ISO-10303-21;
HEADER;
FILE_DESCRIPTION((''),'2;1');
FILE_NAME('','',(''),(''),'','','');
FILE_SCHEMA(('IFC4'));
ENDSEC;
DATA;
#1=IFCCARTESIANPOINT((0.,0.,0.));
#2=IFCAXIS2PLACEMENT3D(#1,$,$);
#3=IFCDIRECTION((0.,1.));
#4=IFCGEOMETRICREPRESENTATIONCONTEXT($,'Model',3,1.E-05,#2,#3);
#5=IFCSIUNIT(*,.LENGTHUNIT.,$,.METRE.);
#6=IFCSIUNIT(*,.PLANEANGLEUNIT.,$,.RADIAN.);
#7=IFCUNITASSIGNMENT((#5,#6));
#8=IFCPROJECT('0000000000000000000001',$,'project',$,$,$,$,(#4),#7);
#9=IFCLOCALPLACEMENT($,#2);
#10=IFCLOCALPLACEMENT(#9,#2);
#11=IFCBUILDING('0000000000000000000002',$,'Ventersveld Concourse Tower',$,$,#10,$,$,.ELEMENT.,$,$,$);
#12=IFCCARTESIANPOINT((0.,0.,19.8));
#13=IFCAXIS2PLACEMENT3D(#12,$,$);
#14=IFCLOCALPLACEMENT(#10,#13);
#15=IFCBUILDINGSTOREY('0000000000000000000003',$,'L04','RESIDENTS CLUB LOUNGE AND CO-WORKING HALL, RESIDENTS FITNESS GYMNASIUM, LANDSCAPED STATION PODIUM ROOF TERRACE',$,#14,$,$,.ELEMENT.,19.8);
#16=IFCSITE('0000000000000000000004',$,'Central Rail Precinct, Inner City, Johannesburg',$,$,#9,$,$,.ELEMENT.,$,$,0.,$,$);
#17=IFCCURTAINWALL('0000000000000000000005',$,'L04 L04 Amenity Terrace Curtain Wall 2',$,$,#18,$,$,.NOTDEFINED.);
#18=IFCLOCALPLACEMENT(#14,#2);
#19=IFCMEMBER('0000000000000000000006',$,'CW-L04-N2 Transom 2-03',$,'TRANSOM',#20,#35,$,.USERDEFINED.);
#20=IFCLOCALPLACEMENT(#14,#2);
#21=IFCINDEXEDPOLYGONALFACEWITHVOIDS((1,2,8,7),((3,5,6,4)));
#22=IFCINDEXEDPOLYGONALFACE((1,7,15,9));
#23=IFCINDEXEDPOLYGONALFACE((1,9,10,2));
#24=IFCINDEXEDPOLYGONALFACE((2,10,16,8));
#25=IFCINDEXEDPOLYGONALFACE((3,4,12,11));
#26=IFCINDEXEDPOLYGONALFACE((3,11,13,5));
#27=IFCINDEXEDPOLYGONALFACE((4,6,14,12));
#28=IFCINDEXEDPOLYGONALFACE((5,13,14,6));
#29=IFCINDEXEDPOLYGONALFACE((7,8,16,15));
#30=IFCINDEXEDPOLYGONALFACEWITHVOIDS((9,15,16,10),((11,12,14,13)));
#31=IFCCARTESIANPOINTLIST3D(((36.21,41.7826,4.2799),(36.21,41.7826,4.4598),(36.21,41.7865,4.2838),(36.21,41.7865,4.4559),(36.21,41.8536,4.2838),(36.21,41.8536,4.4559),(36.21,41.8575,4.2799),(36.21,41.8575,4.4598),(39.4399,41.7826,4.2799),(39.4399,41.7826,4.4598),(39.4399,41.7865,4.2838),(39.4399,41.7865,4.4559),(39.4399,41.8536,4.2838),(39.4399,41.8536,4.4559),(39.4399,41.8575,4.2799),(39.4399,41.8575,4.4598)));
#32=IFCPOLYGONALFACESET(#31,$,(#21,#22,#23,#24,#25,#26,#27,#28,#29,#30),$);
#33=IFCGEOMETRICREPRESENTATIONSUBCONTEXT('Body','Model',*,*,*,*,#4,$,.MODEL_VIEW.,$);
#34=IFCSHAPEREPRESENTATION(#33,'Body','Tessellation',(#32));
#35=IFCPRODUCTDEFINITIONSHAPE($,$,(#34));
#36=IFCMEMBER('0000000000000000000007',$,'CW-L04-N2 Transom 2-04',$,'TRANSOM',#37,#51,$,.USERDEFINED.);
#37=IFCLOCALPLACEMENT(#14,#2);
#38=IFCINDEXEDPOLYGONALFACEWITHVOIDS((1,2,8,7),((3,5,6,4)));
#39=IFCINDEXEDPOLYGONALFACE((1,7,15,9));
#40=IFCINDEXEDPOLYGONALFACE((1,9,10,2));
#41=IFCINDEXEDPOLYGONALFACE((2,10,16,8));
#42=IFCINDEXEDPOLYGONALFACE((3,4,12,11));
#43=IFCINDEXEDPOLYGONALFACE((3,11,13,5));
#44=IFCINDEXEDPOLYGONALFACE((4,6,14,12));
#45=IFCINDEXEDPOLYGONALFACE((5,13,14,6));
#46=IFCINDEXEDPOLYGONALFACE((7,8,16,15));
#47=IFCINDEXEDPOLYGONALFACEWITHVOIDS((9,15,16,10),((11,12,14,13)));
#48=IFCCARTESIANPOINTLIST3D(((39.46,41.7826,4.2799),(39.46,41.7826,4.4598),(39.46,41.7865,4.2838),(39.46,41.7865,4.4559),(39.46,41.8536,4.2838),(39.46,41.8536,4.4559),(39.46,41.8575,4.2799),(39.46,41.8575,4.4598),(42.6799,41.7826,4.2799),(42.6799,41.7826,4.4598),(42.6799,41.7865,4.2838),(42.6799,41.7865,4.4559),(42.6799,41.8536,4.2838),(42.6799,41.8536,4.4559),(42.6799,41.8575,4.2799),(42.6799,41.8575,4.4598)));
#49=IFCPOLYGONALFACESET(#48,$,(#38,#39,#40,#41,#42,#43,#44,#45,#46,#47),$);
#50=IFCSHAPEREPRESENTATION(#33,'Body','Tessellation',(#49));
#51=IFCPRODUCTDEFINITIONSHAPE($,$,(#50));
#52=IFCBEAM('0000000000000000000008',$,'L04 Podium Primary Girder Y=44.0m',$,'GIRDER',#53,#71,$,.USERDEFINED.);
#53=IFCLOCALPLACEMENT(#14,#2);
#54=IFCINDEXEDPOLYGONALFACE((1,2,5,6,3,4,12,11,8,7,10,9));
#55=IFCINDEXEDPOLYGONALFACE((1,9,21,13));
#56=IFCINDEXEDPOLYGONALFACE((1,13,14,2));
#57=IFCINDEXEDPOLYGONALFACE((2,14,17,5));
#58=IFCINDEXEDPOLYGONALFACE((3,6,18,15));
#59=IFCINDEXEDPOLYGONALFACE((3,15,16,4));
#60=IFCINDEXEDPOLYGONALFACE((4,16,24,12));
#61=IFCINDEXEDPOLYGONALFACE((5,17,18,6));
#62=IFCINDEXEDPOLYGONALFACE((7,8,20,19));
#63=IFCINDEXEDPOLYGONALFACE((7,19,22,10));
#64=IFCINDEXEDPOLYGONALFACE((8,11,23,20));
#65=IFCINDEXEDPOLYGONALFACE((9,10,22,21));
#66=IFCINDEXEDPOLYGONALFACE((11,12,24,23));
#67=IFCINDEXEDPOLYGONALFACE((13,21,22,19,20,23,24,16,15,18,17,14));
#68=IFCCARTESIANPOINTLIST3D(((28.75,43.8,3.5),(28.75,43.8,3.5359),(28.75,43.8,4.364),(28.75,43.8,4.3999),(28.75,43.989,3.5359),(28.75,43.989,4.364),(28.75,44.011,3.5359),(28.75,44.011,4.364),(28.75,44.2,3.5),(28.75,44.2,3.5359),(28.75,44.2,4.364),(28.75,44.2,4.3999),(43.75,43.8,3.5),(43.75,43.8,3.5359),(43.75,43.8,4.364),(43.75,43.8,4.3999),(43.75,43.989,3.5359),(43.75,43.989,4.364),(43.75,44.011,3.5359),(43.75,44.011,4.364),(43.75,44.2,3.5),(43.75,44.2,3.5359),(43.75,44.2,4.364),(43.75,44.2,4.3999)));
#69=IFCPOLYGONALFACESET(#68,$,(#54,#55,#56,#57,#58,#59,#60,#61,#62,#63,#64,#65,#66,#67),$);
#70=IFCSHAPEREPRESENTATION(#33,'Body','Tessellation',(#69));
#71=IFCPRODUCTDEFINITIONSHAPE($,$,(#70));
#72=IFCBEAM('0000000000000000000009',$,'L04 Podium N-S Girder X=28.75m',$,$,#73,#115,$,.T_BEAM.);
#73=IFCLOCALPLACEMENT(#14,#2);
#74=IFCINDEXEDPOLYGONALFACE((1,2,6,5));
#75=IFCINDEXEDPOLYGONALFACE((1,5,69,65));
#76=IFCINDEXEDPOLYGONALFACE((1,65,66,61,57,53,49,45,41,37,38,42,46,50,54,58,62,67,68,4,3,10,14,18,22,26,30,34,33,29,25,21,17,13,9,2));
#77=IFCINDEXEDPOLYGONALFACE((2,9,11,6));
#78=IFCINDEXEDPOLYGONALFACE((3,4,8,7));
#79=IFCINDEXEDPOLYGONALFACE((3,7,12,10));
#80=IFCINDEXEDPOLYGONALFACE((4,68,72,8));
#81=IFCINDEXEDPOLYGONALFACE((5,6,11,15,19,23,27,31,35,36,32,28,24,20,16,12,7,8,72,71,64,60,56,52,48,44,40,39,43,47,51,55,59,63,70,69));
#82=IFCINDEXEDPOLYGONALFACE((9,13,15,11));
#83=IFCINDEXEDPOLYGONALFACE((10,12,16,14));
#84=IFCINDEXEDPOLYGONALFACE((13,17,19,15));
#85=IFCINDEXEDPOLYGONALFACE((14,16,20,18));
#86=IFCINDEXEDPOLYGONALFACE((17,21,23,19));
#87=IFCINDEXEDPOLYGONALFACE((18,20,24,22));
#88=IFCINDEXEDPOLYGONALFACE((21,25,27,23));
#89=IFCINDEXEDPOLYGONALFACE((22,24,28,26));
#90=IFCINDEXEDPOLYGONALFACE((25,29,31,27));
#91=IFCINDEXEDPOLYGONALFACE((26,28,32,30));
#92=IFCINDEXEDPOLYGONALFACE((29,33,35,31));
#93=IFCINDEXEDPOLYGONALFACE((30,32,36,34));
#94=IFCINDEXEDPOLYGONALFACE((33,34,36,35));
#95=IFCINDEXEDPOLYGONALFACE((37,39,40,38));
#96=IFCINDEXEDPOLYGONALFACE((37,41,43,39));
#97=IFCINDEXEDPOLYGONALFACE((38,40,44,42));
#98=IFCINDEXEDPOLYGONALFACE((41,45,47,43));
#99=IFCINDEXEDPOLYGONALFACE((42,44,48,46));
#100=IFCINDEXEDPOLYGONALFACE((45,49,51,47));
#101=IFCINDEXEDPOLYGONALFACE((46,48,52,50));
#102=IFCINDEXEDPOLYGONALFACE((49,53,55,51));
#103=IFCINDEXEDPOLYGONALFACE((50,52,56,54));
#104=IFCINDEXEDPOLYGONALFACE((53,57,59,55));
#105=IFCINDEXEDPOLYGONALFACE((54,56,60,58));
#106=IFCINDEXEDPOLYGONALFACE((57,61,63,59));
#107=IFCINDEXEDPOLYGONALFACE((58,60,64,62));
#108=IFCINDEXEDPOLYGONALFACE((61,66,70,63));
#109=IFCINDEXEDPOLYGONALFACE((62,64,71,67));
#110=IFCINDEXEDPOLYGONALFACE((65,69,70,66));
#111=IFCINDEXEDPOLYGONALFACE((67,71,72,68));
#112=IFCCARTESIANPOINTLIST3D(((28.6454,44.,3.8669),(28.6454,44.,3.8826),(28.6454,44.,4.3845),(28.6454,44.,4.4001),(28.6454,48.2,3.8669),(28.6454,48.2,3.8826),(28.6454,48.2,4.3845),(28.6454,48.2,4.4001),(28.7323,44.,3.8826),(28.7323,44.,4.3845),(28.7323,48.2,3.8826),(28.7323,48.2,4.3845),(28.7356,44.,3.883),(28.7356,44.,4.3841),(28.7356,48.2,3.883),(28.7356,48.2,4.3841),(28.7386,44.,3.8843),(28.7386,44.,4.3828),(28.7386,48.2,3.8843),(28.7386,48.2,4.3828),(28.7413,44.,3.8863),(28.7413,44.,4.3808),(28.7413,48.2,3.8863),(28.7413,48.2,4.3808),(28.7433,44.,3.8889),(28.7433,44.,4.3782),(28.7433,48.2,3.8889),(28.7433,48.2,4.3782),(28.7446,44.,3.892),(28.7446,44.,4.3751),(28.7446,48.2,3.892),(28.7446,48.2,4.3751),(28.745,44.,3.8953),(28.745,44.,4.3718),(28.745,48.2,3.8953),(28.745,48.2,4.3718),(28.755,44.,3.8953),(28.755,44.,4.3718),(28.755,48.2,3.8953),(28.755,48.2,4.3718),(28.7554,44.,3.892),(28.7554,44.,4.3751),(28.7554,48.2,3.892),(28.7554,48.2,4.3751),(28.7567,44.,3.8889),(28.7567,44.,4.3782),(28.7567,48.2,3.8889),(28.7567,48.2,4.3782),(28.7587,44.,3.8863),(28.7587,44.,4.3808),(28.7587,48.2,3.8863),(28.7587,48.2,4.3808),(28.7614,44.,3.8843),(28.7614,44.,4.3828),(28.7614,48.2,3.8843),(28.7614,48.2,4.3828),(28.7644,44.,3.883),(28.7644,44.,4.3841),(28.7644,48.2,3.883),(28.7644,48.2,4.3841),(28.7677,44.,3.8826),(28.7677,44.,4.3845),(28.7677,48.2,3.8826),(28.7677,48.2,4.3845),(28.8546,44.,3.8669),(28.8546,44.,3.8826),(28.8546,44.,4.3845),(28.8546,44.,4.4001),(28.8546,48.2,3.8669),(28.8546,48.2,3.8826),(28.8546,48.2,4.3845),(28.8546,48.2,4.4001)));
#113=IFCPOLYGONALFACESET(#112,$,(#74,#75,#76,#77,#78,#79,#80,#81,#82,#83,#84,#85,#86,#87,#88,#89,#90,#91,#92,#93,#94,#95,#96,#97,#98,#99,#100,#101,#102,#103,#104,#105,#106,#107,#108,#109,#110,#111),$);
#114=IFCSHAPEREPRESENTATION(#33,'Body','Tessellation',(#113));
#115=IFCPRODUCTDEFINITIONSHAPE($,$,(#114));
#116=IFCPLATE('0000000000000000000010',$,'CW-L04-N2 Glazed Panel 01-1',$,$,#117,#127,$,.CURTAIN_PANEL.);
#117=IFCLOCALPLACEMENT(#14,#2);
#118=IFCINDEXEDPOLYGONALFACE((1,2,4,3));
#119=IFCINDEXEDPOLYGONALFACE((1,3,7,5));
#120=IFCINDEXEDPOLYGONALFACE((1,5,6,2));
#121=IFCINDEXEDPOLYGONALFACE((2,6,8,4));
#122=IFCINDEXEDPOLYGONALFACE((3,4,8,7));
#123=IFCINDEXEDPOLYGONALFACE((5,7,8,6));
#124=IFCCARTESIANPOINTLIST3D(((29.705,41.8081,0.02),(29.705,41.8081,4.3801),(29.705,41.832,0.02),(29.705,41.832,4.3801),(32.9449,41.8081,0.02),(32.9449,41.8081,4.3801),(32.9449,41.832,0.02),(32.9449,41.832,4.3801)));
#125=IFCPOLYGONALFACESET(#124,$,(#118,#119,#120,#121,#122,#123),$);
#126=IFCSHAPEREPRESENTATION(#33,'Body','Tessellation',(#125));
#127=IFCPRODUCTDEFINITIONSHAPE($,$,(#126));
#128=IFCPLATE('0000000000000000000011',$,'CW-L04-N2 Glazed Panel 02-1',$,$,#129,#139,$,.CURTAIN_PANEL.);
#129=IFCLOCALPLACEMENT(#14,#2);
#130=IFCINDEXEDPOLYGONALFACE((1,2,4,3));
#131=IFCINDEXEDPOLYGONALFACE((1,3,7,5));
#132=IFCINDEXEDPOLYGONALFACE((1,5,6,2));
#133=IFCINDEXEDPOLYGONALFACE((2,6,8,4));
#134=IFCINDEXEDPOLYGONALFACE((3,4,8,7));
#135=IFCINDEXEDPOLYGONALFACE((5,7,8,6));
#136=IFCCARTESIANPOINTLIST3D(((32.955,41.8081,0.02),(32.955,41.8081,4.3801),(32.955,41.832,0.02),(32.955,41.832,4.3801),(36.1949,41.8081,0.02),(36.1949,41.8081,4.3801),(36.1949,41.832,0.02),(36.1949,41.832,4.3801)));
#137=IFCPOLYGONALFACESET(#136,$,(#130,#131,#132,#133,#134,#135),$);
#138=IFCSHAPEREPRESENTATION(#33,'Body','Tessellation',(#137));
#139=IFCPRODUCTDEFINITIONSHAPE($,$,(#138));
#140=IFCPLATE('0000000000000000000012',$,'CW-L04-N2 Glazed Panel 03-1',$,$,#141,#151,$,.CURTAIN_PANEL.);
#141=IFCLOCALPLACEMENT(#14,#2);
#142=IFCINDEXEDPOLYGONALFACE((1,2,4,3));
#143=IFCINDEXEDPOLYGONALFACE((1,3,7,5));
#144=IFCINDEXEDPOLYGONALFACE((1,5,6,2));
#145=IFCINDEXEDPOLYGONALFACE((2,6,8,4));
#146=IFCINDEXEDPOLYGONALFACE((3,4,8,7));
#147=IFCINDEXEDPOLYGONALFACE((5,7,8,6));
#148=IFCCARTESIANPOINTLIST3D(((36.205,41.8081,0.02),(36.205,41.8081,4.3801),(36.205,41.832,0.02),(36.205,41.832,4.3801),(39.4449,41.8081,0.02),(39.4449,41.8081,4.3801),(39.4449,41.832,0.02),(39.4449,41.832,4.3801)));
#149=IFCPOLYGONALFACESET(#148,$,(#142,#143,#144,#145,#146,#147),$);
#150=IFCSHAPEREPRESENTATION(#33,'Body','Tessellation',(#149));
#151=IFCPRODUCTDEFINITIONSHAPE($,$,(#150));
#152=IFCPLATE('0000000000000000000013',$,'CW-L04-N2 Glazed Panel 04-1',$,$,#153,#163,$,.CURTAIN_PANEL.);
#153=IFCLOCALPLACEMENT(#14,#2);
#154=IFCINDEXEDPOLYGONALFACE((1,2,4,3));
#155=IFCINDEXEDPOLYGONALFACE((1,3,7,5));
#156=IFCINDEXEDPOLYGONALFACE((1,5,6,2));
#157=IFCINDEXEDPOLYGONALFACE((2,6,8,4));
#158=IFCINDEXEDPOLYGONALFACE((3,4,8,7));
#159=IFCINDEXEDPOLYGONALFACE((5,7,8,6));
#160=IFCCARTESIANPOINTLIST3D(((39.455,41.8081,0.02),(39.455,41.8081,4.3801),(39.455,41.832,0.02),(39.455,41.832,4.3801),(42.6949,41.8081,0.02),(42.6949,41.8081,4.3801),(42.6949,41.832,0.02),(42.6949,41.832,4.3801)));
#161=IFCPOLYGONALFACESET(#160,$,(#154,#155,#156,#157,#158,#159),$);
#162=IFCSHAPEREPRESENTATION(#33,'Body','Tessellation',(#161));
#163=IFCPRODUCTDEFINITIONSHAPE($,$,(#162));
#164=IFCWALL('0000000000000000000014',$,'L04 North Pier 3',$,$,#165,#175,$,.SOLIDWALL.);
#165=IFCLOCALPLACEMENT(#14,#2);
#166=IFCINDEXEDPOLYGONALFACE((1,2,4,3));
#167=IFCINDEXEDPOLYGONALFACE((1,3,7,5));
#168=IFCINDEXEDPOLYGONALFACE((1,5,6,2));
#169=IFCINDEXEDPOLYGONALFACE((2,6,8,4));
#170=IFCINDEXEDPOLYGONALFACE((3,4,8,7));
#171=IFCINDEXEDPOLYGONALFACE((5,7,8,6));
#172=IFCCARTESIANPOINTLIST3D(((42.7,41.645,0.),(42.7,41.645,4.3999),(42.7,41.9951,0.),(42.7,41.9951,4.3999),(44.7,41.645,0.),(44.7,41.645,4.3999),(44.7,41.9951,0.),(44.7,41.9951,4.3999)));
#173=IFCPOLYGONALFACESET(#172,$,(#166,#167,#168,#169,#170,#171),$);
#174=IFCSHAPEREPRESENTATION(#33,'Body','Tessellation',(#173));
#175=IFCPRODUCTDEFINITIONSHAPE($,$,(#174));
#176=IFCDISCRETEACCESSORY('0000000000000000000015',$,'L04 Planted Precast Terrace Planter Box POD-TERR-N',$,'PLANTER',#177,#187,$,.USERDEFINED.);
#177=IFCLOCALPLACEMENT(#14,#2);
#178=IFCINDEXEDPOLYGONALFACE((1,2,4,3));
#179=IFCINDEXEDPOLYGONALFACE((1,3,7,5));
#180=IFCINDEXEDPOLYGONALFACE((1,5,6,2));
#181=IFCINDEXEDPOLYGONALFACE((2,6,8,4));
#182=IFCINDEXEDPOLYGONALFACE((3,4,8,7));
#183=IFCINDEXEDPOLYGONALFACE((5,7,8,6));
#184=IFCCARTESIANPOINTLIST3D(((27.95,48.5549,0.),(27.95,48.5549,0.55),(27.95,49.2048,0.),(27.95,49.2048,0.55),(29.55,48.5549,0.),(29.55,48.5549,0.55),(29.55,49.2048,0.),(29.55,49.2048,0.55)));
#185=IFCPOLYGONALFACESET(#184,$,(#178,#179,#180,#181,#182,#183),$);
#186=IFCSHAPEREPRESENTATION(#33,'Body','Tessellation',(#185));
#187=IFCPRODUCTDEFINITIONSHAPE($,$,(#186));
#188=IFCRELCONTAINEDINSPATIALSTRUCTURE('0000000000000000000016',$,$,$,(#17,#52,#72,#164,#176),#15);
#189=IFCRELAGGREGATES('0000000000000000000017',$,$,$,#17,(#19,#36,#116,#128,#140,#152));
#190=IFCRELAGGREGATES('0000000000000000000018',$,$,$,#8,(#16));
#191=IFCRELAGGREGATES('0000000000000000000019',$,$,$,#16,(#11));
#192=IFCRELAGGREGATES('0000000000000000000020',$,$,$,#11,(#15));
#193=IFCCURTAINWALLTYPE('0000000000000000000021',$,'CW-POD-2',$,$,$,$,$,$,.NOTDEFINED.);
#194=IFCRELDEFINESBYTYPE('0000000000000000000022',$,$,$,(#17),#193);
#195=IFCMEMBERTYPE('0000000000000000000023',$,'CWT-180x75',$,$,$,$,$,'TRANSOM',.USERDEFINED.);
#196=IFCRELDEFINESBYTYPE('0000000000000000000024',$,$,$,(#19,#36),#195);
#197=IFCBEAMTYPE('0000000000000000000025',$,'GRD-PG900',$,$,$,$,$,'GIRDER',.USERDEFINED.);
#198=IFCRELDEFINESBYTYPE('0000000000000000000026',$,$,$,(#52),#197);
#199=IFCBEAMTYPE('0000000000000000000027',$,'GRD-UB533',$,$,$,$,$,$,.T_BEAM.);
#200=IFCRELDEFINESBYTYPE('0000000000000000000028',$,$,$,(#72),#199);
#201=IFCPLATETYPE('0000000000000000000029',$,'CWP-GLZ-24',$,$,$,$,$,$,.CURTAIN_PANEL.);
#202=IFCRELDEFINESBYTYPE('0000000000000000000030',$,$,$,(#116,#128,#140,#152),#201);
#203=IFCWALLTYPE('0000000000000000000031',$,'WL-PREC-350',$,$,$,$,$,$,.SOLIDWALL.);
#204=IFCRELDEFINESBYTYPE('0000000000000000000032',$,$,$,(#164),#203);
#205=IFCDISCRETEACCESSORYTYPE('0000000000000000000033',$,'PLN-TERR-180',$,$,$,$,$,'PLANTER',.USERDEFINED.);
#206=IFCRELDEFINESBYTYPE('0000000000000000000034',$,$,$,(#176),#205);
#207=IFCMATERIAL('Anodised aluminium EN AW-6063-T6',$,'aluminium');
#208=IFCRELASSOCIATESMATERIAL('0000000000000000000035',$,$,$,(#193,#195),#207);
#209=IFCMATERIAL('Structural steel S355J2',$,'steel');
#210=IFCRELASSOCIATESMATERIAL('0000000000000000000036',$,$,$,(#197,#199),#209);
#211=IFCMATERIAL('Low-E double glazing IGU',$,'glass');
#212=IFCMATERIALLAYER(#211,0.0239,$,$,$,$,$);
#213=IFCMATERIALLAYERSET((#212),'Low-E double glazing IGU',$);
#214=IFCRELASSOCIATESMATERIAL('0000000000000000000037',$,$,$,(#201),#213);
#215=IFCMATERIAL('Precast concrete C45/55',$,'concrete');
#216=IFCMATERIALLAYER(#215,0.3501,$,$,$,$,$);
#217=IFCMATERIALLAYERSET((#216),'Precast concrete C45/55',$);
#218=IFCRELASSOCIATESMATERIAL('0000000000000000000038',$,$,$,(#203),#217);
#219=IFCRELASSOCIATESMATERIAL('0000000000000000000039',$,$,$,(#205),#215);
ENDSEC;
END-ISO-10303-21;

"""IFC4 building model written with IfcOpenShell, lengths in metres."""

from ifc_helpers import new_model, si_unit, direction, frame, frame_2d, origin, origin_2d, place, context, subcontext, project, spatial, rectangle, hollow_rectangle, i_section, extrude, material, layer, layer_set, material_profile, profile_set, type_object, element, aggregate, save


model = new_model("IFC4")

# Units and contexts
model_context = context("Model", 3, precision=1e-05, world=origin(), true_north=direction((0.0, 1.0)))
body_context = subcontext(model_context, "Body", "Model", "MODEL_VIEW")
ifc_project = project(units=[si_unit("LENGTHUNIT", "METRE"), si_unit("PLANEANGLEUNIT", "RADIAN")], contexts=[model_context])

# Site, building, storey
site_placement = place(None, origin())
site = spatial("IfcSite", under=ifc_project, at=site_placement, Name="Central Rail Precinct, Inner City, Johannesburg", CompositionType="ELEMENT", RefElevation=0.0)
building_placement = place(site_placement, origin())
building = spatial("IfcBuilding", under=site, at=building_placement, Name="Ventersveld Concourse Tower", CompositionType="ELEMENT")
storey_placement = place(building_placement, frame((0.0, 0.0, 19.8)))
storey = spatial("IfcBuildingStorey", under=building, at=storey_placement, Name="L04", Description="RESIDENTS CLUB LOUNGE AND CO-WORKING HALL, RESIDENTS FITNESS GYMNASIUM, LANDSCAPED STATION PODIUM ROOF TERRACE", CompositionType="ELEMENT", Elevation=19.8)

# Curtain wall, members
ifc_material_1 = material(Name="Anodised aluminium EN AW-6063-T6", Category="aluminium")
curtain_wall_type = type_object("IfcCurtainWallType", Name="CW-POD-2", PredefinedType="NOTDEFINED", material=ifc_material_1)
curtain_wall_placement = place(storey_placement, origin())
curtain_wall = element("IfcCurtainWall", 1, at=curtain_wall_placement, inside=storey, type_object=curtain_wall_type, Name="L04 L04 Amenity Terrace Curtain Wall 2", PredefinedType="NOTDEFINED")
ifc_material_profile_1 = material_profile(ifc_material_1, hollow_rectangle(XDim=0.075, YDim=0.1799, WallThickness=0.0039, at=origin_2d()), Name="ALU 180x75x4")
ifc_profile_set_1 = profile_set([ifc_material_profile_1], Name="Anodised aluminium EN AW-6063-T6")
member_type_1 = type_object("IfcMemberType", Name="CWT-180x75", ElementType="TRANSOM", PredefinedType="USERDEFINED", material=ifc_profile_set_1)
member_1_placement = place(storey_placement, frame((36.21, 41.8201, 4.3699), z_axis=(1.0, 0.0, 0.0), x_axis=(0.0, 1.0, 0.0)))
member_1 = element("IfcMember", 2, at=member_1_placement, type_object=member_type_1, Name="CW-L04-N2 Transom 2-03", ObjectType="TRANSOM", PredefinedType="USERDEFINED", context=body_context, shape_type="SweptSolid", body=[
    extrude(hollow_rectangle(XDim=0.075, YDim=0.1799, WallThickness=0.0039, at=origin_2d()), origin(), (0.0, 0.0, 1.0), 3.23),
])
member_2_placement = place(storey_placement, frame((39.46, 41.8201, 4.3699), z_axis=(1.0, 0.0, 0.0), x_axis=(0.0, 1.0, 0.0)))
member_2 = element("IfcMember", 3, at=member_2_placement, type_object=member_type_1, Name="CW-L04-N2 Transom 2-04", ObjectType="TRANSOM", PredefinedType="USERDEFINED", context=body_context, shape_type="SweptSolid", body=[
    extrude(hollow_rectangle(XDim=0.075, YDim=0.1799, WallThickness=0.0039, at=origin_2d()), origin(), (0.0, 0.0, 1.0), 3.22),
])

# Beams
ifc_material_2 = material(Name="Structural steel S355J2", Category="steel")
ifc_material_profile_2 = material_profile(ifc_material_2, i_section(OverallWidth=0.3999, OverallDepth=0.8999, WebThickness=0.022, FlangeThickness=0.0359, at=origin_2d()), Name="PG 900x400x36")
ifc_profile_set_2 = profile_set([ifc_material_profile_2], Name="Structural steel S355J2")
beam_type_1 = type_object("IfcBeamType", Name="GRD-PG900", ElementType="GIRDER", PredefinedType="USERDEFINED", material=ifc_profile_set_2)
beam_1_placement = place(storey_placement, frame((28.75, 44.0, 3.95), z_axis=(1.0, 0.0, 0.0), x_axis=(0.0, 1.0, 0.0)))
element("IfcBeam", 4, at=beam_1_placement, inside=storey, type_object=beam_type_1, Name="L04 Podium Primary Girder Y=44.0m", ObjectType="GIRDER", PredefinedType="USERDEFINED", context=body_context, shape_type="SweptSolid", body=[
    extrude(i_section(OverallWidth=0.3999, OverallDepth=0.8999, WebThickness=0.022, FlangeThickness=0.0359, at=origin_2d()), origin(), (0.0, 0.0, 1.0), 15.0),
])
ifc_material_profile_3 = material_profile(ifc_material_2, i_section(OverallWidth=0.2092, OverallDepth=0.5332, WebThickness=0.01, FlangeThickness=0.0156, FilletRadius=0.0127, at=origin_2d()), Name="UB 533x210x92")
ifc_profile_set_3 = profile_set([ifc_material_profile_3], Name="Structural steel S355J2")
beam_type_2 = type_object("IfcBeamType", Name="GRD-UB533", PredefinedType="T_BEAM", material=ifc_profile_set_3)
beam_2_placement = place(storey_placement, frame((28.75, 44.0, 4.1335), z_axis=(0.0, 1.0, 0.0), x_axis=(-1.0, 0.0, 0.0)))
element("IfcBeam", 5, at=beam_2_placement, inside=storey, type_object=beam_type_2, Name="L04 Podium N-S Girder X=28.75m", PredefinedType="T_BEAM", context=body_context, shape_type="SweptSolid", body=[
    extrude(i_section(OverallWidth=0.2092, OverallDepth=0.5332, WebThickness=0.01, FlangeThickness=0.0156, FilletRadius=0.0127, at=origin_2d()), origin(), (0.0, 0.0, 1.0), 4.2),
])

# Plates
ifc_material_3 = material(Name="Low-E double glazing IGU", Category="glass")
ifc_layer_1 = layer(ifc_material_3, 0.0239)
ifc_layer_set_1 = layer_set([ifc_layer_1], Name="Low-E double glazing IGU")
plate_type = type_object("IfcPlateType", Name="CWP-GLZ-24", PredefinedType="CURTAIN_PANEL", material=ifc_layer_set_1)
plate_1_placement = place(storey_placement, frame((31.325, 41.8201, 0.02), z_axis=(0.0, 0.0, 1.0), x_axis=(1.0, 0.0, 0.0)))
plate_1 = element("IfcPlate", 6, at=plate_1_placement, type_object=plate_type, Name="CW-L04-N2 Glazed Panel 01-1", PredefinedType="CURTAIN_PANEL", context=body_context, shape_type="SweptSolid", body=[
    extrude(rectangle(XDim=3.24, YDim=0.0239, at=origin_2d()), origin(), (0.0, 0.0, 1.0), 4.3601),
])
plate_2_placement = place(storey_placement, frame((34.575, 41.8201, 0.02), z_axis=(0.0, 0.0, 1.0), x_axis=(1.0, 0.0, 0.0)))
plate_2 = element("IfcPlate", 7, at=plate_2_placement, type_object=plate_type, Name="CW-L04-N2 Glazed Panel 02-1", PredefinedType="CURTAIN_PANEL", context=body_context, shape_type="SweptSolid", body=[
    extrude(rectangle(XDim=3.24, YDim=0.0239, at=origin_2d()), origin(), (0.0, 0.0, 1.0), 4.3601),
])
plate_3_placement = place(storey_placement, frame((37.825, 41.8201, 0.02), z_axis=(0.0, 0.0, 1.0), x_axis=(1.0, 0.0, 0.0)))
plate_3 = element("IfcPlate", 8, at=plate_3_placement, type_object=plate_type, Name="CW-L04-N2 Glazed Panel 03-1", PredefinedType="CURTAIN_PANEL", context=body_context, shape_type="SweptSolid", body=[
    extrude(rectangle(XDim=3.24, YDim=0.0239, at=origin_2d()), origin(), (0.0, 0.0, 1.0), 4.3601),
])
plate_4_placement = place(storey_placement, frame((41.075, 41.8201, 0.02), z_axis=(0.0, 0.0, 1.0), x_axis=(1.0, 0.0, 0.0)))
plate_4 = element("IfcPlate", 9, at=plate_4_placement, type_object=plate_type, Name="CW-L04-N2 Glazed Panel 04-1", PredefinedType="CURTAIN_PANEL", context=body_context, shape_type="SweptSolid", body=[
    extrude(rectangle(XDim=3.24, YDim=0.0239, at=origin_2d()), origin(), (0.0, 0.0, 1.0), 4.3601),
])
aggregate(curtain_wall, [member_1, member_2, plate_1, plate_2, plate_3, plate_4])

# Wall
ifc_material_4 = material(Name="Precast concrete C45/55", Category="concrete")
ifc_layer_2 = layer(ifc_material_4, 0.3501)
ifc_layer_set_2 = layer_set([ifc_layer_2], Name="Precast concrete C45/55")
wall_type = type_object("IfcWallType", Name="WL-PREC-350", PredefinedType="SOLIDWALL", material=ifc_layer_set_2)
wall_placement = place(storey_placement, frame((42.7, 41.8201, 0.0), z_axis=(0.0, 0.0, 1.0), x_axis=(1.0, 0.0, 0.0)))
element("IfcWall", 10, at=wall_placement, inside=storey, type_object=wall_type, Name="L04 North Pier 3", PredefinedType="SOLIDWALL", context=body_context, shape_type="SweptSolid", body=[
    extrude(rectangle(XDim=2.0, YDim=0.3501, at=frame_2d((1.0, 0.0))), origin(), (0.0, 0.0, 1.0), 4.3999),
])

# Discrete accessory
discrete_accessory_type = type_object("IfcDiscreteAccessoryType", Name="PLN-TERR-180", ElementType="PLANTER", PredefinedType="USERDEFINED", material=ifc_material_4)
discrete_accessory_placement = place(storey_placement, frame((28.75, 48.8799, 0.0), z_axis=(0.0, 0.0, 1.0), x_axis=(1.0, 0.0, 0.0)))
element("IfcDiscreteAccessory", 11, at=discrete_accessory_placement, inside=storey, type_object=discrete_accessory_type, Name="L04 Planted Precast Terrace Planter Box POD-TERR-N", ObjectType="PLANTER", PredefinedType="USERDEFINED", context=body_context, shape_type="SweptSolid", body=[
    extrude(rectangle(XDim=1.6001, YDim=0.6499, at=origin_2d()), origin(), (0.0, 0.0, 1.0), 0.55),
])

save(model, "model.ifc")
